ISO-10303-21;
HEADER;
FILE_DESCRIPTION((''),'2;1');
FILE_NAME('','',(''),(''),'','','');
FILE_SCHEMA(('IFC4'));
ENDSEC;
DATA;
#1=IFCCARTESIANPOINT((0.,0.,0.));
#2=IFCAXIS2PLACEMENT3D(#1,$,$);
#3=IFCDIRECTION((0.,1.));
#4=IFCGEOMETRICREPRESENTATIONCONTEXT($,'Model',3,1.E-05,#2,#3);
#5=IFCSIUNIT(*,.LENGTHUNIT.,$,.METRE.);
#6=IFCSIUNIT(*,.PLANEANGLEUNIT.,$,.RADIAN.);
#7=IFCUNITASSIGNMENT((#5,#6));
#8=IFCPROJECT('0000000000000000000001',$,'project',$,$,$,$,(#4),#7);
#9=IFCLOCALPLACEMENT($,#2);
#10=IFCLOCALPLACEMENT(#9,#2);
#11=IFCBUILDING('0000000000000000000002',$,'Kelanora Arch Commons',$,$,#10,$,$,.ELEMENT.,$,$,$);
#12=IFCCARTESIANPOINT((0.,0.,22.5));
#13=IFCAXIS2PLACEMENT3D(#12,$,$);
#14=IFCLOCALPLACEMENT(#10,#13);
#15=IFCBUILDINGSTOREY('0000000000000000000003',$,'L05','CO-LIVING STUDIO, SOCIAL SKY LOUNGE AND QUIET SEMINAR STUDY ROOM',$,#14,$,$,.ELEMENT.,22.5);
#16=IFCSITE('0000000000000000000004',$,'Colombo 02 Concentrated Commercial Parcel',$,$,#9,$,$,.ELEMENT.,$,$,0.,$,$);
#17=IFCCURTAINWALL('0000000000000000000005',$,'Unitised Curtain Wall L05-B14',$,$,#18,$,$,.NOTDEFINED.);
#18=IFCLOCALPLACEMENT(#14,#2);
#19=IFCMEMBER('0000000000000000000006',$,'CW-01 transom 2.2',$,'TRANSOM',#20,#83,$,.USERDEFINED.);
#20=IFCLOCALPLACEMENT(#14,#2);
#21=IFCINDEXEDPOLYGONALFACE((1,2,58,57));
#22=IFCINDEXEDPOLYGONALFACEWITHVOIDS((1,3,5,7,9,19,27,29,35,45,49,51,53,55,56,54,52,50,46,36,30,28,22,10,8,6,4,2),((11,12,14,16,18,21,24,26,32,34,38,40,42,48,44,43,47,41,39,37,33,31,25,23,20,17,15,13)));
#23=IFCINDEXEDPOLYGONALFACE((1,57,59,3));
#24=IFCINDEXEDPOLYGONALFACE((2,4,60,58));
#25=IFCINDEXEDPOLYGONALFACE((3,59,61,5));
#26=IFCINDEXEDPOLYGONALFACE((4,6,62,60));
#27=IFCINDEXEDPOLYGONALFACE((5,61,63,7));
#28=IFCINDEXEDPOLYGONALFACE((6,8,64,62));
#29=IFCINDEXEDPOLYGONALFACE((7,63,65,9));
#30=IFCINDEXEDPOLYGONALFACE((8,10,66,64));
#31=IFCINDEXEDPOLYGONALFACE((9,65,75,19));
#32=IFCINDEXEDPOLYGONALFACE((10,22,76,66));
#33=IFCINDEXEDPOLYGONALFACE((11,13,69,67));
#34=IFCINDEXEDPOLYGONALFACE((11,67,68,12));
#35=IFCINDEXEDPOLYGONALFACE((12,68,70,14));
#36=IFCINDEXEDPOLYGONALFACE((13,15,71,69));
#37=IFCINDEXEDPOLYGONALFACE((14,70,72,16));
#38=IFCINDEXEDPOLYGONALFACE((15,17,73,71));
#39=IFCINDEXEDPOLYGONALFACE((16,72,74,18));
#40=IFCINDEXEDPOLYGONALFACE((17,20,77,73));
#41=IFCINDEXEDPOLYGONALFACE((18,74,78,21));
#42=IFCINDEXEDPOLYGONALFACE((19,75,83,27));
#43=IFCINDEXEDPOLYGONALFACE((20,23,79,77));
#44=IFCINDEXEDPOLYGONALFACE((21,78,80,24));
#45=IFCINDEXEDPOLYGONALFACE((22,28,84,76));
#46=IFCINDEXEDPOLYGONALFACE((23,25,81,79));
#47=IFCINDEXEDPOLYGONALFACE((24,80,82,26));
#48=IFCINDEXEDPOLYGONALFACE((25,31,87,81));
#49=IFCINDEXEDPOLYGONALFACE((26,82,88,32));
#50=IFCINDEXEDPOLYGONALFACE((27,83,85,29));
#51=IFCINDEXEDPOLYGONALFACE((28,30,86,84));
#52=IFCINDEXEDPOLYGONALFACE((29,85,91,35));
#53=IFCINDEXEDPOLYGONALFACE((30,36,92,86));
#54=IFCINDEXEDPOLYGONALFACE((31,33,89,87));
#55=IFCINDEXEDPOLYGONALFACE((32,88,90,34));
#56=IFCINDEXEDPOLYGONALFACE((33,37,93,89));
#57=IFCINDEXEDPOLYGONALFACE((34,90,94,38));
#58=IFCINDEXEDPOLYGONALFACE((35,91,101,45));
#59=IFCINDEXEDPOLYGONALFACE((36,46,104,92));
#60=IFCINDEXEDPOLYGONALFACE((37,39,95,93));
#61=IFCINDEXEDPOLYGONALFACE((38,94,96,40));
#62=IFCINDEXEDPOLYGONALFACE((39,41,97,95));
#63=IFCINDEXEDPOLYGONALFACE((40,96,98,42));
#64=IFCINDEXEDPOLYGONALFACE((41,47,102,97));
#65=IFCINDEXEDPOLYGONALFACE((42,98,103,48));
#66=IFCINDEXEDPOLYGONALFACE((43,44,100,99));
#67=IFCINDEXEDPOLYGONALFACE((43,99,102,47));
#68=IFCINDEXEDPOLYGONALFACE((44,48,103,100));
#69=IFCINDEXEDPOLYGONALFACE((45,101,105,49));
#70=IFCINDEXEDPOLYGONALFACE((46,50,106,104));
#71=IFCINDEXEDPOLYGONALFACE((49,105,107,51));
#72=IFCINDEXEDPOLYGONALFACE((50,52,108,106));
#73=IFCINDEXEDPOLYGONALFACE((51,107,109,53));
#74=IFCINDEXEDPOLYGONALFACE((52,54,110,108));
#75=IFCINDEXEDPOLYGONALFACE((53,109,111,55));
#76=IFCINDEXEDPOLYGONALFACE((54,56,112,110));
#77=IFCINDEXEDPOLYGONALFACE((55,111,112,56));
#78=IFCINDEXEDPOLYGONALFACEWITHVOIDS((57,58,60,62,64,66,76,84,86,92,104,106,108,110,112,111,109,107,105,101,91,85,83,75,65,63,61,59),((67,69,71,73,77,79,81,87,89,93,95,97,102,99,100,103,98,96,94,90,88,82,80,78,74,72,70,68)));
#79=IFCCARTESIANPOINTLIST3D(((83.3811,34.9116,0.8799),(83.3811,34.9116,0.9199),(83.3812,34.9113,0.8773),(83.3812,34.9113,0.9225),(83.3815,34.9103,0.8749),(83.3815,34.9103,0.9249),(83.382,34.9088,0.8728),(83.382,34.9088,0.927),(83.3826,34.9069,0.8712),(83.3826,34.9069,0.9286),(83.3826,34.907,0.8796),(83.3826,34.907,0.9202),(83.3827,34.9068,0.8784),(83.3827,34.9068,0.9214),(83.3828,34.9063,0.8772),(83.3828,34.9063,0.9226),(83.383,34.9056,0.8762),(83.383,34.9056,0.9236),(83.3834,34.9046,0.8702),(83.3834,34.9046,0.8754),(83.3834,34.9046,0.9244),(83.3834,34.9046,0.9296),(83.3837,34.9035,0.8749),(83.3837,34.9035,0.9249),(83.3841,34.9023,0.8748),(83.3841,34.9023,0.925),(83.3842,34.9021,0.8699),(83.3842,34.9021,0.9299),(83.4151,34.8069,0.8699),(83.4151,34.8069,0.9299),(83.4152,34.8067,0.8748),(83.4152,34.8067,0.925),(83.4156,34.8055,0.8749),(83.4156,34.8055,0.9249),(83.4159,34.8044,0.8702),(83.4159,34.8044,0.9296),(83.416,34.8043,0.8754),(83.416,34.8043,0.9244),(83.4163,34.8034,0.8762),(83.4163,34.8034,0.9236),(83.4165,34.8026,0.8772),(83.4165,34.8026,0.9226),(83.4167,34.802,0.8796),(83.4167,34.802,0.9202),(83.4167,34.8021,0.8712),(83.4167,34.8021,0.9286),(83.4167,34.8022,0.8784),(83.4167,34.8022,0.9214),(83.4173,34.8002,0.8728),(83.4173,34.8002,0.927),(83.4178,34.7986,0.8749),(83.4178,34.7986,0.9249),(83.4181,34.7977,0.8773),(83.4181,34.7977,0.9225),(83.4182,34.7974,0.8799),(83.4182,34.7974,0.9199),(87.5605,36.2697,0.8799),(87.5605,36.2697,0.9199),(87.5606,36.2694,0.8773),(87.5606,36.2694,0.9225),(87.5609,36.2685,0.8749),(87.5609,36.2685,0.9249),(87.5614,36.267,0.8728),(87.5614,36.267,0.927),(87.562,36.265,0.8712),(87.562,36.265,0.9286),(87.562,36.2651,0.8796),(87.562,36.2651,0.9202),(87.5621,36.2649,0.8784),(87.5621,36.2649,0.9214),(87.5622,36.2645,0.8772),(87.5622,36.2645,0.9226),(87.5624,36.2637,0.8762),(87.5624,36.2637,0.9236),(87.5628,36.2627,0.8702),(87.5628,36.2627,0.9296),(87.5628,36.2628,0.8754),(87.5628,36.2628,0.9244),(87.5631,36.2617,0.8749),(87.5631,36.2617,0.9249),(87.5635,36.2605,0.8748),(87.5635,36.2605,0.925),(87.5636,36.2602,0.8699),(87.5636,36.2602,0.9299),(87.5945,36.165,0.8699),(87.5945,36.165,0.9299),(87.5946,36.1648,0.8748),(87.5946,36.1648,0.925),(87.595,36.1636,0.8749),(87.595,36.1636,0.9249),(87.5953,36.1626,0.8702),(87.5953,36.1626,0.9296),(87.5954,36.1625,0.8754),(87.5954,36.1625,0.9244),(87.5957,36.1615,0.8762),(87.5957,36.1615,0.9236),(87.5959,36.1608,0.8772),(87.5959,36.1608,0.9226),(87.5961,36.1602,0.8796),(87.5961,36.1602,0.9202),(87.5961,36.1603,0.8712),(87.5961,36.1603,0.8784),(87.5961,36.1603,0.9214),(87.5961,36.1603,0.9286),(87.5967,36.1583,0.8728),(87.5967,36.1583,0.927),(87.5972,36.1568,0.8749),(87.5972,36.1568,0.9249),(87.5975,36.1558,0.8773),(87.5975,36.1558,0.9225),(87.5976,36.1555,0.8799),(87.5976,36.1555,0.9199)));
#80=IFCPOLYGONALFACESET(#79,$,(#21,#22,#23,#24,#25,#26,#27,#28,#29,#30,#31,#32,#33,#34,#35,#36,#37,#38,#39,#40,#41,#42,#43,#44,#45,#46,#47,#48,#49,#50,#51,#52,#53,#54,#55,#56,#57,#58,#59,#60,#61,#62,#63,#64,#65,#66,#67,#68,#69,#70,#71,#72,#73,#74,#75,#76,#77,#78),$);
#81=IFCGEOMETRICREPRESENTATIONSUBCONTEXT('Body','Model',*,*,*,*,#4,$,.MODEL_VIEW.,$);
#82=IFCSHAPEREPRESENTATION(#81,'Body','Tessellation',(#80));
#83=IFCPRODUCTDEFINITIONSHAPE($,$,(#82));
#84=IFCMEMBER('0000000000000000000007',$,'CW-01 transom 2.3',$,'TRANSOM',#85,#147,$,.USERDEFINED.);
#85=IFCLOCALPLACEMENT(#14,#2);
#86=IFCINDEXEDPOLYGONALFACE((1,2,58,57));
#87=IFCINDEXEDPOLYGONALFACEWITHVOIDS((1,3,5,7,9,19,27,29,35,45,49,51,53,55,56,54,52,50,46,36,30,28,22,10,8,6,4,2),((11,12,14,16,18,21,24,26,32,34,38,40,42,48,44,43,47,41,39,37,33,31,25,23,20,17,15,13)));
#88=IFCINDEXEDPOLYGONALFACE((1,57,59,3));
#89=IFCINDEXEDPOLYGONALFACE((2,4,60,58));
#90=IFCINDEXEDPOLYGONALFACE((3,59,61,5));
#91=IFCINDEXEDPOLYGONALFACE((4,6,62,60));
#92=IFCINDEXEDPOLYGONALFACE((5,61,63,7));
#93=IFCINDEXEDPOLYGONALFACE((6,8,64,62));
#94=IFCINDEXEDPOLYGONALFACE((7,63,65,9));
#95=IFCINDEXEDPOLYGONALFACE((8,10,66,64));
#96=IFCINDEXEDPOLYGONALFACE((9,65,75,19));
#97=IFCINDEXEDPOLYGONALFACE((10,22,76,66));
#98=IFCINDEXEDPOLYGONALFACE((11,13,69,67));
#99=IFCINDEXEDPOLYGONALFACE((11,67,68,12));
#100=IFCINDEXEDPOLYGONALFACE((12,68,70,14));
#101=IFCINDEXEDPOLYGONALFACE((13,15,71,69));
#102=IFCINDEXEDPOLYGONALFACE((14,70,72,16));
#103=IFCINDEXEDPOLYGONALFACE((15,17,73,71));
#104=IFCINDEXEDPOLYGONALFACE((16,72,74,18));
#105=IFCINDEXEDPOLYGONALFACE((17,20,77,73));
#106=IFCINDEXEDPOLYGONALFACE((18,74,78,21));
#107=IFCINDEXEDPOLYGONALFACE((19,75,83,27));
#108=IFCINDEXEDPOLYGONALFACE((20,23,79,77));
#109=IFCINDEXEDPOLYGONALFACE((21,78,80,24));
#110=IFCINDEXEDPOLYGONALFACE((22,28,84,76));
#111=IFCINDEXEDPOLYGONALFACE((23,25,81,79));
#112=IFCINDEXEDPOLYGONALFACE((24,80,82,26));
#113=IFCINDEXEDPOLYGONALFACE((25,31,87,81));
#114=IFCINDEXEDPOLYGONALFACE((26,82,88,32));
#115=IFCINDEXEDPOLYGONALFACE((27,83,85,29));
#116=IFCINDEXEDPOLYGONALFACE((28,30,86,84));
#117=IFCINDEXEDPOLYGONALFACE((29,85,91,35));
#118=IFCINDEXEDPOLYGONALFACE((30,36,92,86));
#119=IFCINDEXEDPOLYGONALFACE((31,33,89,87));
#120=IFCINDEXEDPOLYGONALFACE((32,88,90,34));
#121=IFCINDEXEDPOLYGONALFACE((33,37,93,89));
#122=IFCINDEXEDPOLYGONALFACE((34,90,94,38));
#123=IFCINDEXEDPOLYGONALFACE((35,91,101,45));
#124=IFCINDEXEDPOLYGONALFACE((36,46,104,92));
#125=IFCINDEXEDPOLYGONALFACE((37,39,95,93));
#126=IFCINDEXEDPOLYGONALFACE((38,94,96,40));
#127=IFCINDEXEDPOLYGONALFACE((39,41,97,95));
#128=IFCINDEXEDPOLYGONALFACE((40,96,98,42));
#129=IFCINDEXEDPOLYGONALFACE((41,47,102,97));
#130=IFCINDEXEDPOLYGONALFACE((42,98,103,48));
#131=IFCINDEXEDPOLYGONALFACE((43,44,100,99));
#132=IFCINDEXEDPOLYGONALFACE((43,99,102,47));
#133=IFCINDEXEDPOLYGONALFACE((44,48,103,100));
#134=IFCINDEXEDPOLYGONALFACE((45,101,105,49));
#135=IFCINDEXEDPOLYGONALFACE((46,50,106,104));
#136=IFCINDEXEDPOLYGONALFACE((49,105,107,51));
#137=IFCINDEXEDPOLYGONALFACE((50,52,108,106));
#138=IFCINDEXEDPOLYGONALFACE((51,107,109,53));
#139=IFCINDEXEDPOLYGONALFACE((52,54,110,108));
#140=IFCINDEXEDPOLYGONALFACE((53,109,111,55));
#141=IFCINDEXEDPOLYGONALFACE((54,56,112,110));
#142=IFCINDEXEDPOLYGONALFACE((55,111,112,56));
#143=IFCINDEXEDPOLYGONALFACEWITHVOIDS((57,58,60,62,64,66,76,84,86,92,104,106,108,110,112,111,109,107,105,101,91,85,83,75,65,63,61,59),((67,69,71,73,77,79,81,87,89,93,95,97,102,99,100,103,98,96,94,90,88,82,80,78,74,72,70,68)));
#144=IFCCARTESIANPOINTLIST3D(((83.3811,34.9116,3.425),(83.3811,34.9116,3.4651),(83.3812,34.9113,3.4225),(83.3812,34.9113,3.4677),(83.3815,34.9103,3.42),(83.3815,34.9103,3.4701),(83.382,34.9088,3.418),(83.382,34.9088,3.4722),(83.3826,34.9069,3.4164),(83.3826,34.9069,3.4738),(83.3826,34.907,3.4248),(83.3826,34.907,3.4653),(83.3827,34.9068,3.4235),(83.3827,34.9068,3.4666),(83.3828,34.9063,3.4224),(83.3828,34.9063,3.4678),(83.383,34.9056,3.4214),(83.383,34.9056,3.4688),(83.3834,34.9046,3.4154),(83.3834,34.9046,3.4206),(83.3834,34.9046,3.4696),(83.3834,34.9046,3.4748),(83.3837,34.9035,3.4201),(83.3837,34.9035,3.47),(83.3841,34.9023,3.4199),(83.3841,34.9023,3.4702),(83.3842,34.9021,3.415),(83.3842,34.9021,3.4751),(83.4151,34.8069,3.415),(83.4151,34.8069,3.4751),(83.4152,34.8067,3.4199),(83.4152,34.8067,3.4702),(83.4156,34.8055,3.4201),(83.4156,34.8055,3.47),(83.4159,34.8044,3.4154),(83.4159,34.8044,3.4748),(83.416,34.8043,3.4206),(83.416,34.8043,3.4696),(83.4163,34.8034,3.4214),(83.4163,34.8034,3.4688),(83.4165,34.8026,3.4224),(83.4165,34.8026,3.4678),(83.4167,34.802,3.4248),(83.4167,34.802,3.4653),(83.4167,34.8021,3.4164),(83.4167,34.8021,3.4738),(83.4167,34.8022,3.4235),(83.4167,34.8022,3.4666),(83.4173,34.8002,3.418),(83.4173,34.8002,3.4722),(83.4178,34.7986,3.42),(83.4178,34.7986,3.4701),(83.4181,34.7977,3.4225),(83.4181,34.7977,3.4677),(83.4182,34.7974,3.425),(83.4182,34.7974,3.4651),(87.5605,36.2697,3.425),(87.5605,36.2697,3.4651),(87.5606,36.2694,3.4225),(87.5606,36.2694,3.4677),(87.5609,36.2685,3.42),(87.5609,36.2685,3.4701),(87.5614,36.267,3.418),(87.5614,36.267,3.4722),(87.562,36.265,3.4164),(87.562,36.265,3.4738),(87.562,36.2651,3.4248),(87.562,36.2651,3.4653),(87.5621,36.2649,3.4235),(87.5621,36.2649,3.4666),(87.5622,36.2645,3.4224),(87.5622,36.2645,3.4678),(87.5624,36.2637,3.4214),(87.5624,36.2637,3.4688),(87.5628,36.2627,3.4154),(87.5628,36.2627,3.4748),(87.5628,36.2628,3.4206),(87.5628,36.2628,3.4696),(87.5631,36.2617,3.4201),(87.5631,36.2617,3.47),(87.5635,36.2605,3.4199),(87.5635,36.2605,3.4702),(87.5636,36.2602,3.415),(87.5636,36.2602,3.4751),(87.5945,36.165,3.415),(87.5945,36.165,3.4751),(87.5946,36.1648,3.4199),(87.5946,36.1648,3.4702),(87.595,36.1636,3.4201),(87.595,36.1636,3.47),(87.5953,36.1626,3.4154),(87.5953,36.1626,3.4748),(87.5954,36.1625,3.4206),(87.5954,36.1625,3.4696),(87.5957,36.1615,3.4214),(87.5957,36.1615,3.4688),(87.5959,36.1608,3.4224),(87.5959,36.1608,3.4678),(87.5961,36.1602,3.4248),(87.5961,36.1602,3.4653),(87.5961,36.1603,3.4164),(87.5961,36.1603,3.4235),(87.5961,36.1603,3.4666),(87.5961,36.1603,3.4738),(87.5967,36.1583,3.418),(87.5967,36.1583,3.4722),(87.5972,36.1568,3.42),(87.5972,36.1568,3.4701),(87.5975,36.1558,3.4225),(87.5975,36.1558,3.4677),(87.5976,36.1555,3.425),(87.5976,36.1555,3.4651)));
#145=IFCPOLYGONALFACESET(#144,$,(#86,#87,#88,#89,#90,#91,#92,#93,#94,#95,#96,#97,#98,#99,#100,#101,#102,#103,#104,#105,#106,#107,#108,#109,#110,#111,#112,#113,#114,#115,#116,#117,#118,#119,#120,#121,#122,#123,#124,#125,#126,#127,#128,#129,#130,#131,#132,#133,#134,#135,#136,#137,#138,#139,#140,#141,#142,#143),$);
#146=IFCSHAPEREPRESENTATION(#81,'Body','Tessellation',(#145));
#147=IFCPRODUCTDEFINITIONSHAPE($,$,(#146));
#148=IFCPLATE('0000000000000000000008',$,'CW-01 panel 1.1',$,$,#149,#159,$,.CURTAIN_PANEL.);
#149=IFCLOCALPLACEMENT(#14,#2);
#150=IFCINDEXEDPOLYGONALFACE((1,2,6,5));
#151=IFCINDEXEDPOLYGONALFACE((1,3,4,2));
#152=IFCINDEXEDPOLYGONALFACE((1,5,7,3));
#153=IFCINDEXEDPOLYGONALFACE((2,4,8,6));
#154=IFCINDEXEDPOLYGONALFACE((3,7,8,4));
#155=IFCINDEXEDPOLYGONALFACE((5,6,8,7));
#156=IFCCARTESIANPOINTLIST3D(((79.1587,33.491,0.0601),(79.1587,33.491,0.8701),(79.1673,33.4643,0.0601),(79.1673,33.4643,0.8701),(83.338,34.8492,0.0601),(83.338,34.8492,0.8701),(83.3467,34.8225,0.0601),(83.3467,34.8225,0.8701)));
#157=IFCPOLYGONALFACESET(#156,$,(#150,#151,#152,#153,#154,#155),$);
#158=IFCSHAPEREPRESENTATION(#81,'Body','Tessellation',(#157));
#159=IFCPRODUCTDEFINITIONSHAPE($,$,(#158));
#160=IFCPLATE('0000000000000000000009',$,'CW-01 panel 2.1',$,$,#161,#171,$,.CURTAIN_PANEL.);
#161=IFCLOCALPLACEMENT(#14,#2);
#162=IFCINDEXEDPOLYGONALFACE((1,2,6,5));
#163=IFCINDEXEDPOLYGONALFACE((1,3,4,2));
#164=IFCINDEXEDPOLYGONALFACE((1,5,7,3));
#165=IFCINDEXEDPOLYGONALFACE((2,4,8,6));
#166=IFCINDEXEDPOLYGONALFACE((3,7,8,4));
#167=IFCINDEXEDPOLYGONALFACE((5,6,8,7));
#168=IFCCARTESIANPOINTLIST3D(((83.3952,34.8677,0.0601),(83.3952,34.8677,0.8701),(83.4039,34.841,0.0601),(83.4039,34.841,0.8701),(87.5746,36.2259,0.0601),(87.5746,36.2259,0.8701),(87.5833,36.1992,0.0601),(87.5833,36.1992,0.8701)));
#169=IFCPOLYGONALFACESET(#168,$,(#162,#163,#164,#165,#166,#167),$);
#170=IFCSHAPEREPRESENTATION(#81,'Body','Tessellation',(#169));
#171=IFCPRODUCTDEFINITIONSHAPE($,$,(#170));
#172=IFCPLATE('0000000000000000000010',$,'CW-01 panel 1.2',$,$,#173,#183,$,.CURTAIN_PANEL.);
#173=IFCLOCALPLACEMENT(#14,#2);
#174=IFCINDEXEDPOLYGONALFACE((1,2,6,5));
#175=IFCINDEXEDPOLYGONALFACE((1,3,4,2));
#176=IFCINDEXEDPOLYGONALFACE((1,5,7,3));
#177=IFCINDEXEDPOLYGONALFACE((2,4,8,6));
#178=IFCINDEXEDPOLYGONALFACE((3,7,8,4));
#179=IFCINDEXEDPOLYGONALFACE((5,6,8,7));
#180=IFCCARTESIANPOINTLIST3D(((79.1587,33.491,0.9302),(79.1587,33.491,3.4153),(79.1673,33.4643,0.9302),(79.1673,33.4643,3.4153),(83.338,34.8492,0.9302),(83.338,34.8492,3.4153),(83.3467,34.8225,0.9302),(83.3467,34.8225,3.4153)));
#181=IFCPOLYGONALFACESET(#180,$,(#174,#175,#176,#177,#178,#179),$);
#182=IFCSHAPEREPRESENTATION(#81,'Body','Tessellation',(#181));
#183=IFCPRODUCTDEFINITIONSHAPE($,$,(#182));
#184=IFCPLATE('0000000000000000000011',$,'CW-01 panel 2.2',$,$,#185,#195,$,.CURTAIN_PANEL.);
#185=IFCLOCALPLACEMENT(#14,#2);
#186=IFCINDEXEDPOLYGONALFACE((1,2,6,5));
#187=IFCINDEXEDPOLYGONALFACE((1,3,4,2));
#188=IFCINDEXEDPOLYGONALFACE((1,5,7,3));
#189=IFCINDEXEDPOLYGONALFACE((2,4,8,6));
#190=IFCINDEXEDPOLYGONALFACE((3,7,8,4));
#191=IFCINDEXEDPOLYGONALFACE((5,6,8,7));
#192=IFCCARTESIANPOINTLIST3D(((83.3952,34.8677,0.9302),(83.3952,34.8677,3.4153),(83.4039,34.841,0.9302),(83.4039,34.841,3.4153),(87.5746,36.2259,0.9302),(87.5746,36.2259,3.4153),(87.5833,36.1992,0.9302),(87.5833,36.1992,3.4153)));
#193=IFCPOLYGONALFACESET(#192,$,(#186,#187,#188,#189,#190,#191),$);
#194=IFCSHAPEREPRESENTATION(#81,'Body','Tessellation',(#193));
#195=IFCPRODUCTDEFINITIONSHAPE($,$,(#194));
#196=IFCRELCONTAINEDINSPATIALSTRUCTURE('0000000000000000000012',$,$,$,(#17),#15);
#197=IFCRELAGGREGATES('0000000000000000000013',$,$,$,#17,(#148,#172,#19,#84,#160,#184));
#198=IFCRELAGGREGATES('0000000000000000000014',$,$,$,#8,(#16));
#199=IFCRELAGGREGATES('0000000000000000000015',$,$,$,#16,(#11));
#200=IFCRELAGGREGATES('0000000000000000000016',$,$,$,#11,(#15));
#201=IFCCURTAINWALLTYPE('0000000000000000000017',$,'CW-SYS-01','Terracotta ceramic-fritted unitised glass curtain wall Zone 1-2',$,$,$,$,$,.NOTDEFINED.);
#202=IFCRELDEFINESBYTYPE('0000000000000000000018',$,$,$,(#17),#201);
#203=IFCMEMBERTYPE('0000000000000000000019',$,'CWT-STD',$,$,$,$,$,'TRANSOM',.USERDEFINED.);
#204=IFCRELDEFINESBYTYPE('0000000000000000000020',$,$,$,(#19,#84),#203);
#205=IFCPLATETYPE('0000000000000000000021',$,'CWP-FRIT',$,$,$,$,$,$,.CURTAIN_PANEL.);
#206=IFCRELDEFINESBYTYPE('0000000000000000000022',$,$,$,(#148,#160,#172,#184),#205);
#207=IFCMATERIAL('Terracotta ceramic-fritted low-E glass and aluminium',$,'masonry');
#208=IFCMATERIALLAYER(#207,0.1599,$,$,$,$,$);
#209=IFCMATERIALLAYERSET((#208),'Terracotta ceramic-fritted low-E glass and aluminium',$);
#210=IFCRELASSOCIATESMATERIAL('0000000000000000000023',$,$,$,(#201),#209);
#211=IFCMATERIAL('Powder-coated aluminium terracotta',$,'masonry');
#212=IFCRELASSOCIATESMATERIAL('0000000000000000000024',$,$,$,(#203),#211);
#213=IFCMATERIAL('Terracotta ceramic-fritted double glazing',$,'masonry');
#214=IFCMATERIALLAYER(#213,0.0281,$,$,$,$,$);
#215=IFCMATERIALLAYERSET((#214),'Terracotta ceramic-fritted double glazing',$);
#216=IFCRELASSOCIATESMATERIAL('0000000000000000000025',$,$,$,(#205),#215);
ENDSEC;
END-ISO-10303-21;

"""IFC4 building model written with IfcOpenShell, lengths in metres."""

from ifc_helpers import new_model, si_unit, direction, frame, origin, origin_2d, place, context, subcontext, project, spatial, rectangle, hollow_rectangle, extrude, source, transform, mapped, material, layer, layer_set, material_profile, profile_set, type_object, element, aggregate, save


model = new_model("IFC4")

# Units and contexts
model_context = context("Model", 3, precision=1e-05, world=origin(), true_north=direction((0.0, 1.0)))
body_context = subcontext(model_context, "Body", "Model", "MODEL_VIEW")
ifc_project = project(units=[si_unit("LENGTHUNIT", "METRE"), si_unit("PLANEANGLEUNIT", "RADIAN")], contexts=[model_context])

# Site, building, storey
site_placement = place(None, origin())
site = spatial("IfcSite", under=ifc_project, at=site_placement, Name="Colombo 02 Concentrated Commercial Parcel", CompositionType="ELEMENT", RefElevation=0.0)
building_placement = place(site_placement, origin())
building = spatial("IfcBuilding", under=site, at=building_placement, Name="Kelanora Arch Commons", CompositionType="ELEMENT")
storey_placement = place(building_placement, frame((0.0, 0.0, 22.5)))
storey = spatial("IfcBuildingStorey", under=building, at=storey_placement, Name="L05", Description="CO-LIVING STUDIO, SOCIAL SKY LOUNGE AND QUIET SEMINAR STUDY ROOM", CompositionType="ELEMENT", Elevation=22.5)

# Curtain wall, members, plates
ifc_material_1 = material(Name="Terracotta ceramic-fritted low-E glass and aluminium", Category="masonry")
ifc_layer_1 = layer(ifc_material_1, 0.1599)
ifc_layer_set_1 = layer_set([ifc_layer_1], Name="Terracotta ceramic-fritted low-E glass and aluminium")
curtain_wall_type = type_object("IfcCurtainWallType", Name="CW-SYS-01", Description="Terracotta ceramic-fritted unitised glass curtain wall Zone 1-2", PredefinedType="NOTDEFINED", material=ifc_layer_set_1)
curtain_wall_placement = place(storey_placement, origin())
curtain_wall = element("IfcCurtainWall", 1, at=curtain_wall_placement, inside=storey, type_object=curtain_wall_type, Name="Unitised Curtain Wall L05-B14", PredefinedType="NOTDEFINED")
ifc_material_2 = material(Name="Powder-coated aluminium terracotta", Category="masonry")
ifc_material_profile_1 = material_profile(ifc_material_2, hollow_rectangle(XDim=0.1201, YDim=0.0601, WallThickness=0.0049, InnerFilletRadius=0.0049, OuterFilletRadius=0.01, at=origin_2d()), Name="CWT120x60")
ifc_profile_set_1 = profile_set([ifc_material_profile_1], Name="Powder-coated aluminium terracotta")
member_type_1 = type_object("IfcMemberType", Name="CWT-STD", ElementType="TRANSOM", PredefinedType="USERDEFINED", material=ifc_profile_set_1)
member_1_placement = place(storey_placement, frame((83.3997, 34.8545, 0.8999), z_axis=(0.951045, 0.309052, 0.0), x_axis=(-0.309052, 0.951045, 0.0)))
member_1 = element("IfcMember", 2, at=member_1_placement, type_object=member_type_1, Name="CW-01 transom 2.2", ObjectType="TRANSOM", PredefinedType="USERDEFINED", context=body_context, shape_type="SweptSolid", body=[
    extrude(hollow_rectangle(XDim=0.1201, YDim=0.0601, WallThickness=0.0049, InnerFilletRadius=0.0049, OuterFilletRadius=0.01, at=origin_2d()), origin(), (0.0, 0.0, 1.0), 4.3945),
])
member_2_placement = place(storey_placement, frame((83.3997, 34.8545, 3.4451), z_axis=(0.951045, 0.309052, 0.0), x_axis=(-0.309052, 0.951045, 0.0)))
member_2 = element("IfcMember", 3, at=member_2_placement, type_object=member_type_1, Name="CW-01 transom 2.3", ObjectType="TRANSOM", PredefinedType="USERDEFINED", context=body_context, shape_type="SweptSolid", body=[
    extrude(hollow_rectangle(XDim=0.1201, YDim=0.0601, WallThickness=0.0049, InnerFilletRadius=0.0049, OuterFilletRadius=0.01, at=origin_2d()), origin(), (0.0, 0.0, 1.0), 4.3945),
])
ifc_material_3 = material(Name="Terracotta ceramic-fritted double glazing", Category="masonry")
ifc_layer_2 = layer(ifc_material_3, 0.0281)
ifc_layer_set_2 = layer_set([ifc_layer_2], Name="Terracotta ceramic-fritted double glazing")
plate_type = type_object("IfcPlateType", Name="CWP-FRIT", PredefinedType="CURTAIN_PANEL", material=ifc_layer_set_2)
shared_shape_1 = source(origin(), body_context, "Body", "SweptSolid", [
    extrude(rectangle(XDim=4.3945, YDim=0.0281, at=origin_2d()), origin(), (0.0, 0.0, 1.0), 0.8101),
])
plate_1_placement = place(storey_placement, frame((81.2527, 34.1567, 0.0601), z_axis=(0.0, 0.0, 1.0), x_axis=(0.951043, 0.309058, 0.0)))
plate_1 = element("IfcPlate", 4, at=plate_1_placement, type_object=plate_type, Name="CW-01 panel 1.1", PredefinedType="CURTAIN_PANEL", context=body_context, shape_type="MappedRepresentation", body=[
    mapped(shared_shape_1, transform((0.0, 0.0, 0.0), scale=1.0)),
])
plate_2_placement = place(storey_placement, frame((85.4893, 35.5334, 0.0601), z_axis=(0.0, 0.0, 1.0), x_axis=(0.951043, 0.309058, 0.0)))
plate_2 = element("IfcPlate", 5, at=plate_2_placement, type_object=plate_type, Name="CW-01 panel 2.1", PredefinedType="CURTAIN_PANEL", context=body_context, shape_type="MappedRepresentation", body=[
    mapped(shared_shape_1, transform((0.0, 0.0, 0.0), scale=1.0)),
])
shared_shape_2 = source(origin(), body_context, "Body", "SweptSolid", [
    extrude(rectangle(XDim=4.3945, YDim=0.0281, at=origin_2d()), origin(), (0.0, 0.0, 1.0), 2.4851),
])
plate_3_placement = place(storey_placement, frame((81.2527, 34.1567, 0.9302), z_axis=(0.0, 0.0, 1.0), x_axis=(0.951043, 0.309058, 0.0)))
plate_3 = element("IfcPlate", 6, at=plate_3_placement, type_object=plate_type, Name="CW-01 panel 1.2", PredefinedType="CURTAIN_PANEL", context=body_context, shape_type="MappedRepresentation", body=[
    mapped(shared_shape_2, transform((0.0, 0.0, 0.0), scale=1.0)),
])
plate_4_placement = place(storey_placement, frame((85.4893, 35.5334, 0.9302), z_axis=(0.0, 0.0, 1.0), x_axis=(0.951043, 0.309058, 0.0)))
plate_4 = element("IfcPlate", 7, at=plate_4_placement, type_object=plate_type, Name="CW-01 panel 2.2", PredefinedType="CURTAIN_PANEL", context=body_context, shape_type="MappedRepresentation", body=[
    mapped(shared_shape_2, transform((0.0, 0.0, 0.0), scale=1.0)),
])
aggregate(curtain_wall, [plate_1, plate_3, member_1, member_2, plate_2, plate_4])

save(model, "model.ifc")
